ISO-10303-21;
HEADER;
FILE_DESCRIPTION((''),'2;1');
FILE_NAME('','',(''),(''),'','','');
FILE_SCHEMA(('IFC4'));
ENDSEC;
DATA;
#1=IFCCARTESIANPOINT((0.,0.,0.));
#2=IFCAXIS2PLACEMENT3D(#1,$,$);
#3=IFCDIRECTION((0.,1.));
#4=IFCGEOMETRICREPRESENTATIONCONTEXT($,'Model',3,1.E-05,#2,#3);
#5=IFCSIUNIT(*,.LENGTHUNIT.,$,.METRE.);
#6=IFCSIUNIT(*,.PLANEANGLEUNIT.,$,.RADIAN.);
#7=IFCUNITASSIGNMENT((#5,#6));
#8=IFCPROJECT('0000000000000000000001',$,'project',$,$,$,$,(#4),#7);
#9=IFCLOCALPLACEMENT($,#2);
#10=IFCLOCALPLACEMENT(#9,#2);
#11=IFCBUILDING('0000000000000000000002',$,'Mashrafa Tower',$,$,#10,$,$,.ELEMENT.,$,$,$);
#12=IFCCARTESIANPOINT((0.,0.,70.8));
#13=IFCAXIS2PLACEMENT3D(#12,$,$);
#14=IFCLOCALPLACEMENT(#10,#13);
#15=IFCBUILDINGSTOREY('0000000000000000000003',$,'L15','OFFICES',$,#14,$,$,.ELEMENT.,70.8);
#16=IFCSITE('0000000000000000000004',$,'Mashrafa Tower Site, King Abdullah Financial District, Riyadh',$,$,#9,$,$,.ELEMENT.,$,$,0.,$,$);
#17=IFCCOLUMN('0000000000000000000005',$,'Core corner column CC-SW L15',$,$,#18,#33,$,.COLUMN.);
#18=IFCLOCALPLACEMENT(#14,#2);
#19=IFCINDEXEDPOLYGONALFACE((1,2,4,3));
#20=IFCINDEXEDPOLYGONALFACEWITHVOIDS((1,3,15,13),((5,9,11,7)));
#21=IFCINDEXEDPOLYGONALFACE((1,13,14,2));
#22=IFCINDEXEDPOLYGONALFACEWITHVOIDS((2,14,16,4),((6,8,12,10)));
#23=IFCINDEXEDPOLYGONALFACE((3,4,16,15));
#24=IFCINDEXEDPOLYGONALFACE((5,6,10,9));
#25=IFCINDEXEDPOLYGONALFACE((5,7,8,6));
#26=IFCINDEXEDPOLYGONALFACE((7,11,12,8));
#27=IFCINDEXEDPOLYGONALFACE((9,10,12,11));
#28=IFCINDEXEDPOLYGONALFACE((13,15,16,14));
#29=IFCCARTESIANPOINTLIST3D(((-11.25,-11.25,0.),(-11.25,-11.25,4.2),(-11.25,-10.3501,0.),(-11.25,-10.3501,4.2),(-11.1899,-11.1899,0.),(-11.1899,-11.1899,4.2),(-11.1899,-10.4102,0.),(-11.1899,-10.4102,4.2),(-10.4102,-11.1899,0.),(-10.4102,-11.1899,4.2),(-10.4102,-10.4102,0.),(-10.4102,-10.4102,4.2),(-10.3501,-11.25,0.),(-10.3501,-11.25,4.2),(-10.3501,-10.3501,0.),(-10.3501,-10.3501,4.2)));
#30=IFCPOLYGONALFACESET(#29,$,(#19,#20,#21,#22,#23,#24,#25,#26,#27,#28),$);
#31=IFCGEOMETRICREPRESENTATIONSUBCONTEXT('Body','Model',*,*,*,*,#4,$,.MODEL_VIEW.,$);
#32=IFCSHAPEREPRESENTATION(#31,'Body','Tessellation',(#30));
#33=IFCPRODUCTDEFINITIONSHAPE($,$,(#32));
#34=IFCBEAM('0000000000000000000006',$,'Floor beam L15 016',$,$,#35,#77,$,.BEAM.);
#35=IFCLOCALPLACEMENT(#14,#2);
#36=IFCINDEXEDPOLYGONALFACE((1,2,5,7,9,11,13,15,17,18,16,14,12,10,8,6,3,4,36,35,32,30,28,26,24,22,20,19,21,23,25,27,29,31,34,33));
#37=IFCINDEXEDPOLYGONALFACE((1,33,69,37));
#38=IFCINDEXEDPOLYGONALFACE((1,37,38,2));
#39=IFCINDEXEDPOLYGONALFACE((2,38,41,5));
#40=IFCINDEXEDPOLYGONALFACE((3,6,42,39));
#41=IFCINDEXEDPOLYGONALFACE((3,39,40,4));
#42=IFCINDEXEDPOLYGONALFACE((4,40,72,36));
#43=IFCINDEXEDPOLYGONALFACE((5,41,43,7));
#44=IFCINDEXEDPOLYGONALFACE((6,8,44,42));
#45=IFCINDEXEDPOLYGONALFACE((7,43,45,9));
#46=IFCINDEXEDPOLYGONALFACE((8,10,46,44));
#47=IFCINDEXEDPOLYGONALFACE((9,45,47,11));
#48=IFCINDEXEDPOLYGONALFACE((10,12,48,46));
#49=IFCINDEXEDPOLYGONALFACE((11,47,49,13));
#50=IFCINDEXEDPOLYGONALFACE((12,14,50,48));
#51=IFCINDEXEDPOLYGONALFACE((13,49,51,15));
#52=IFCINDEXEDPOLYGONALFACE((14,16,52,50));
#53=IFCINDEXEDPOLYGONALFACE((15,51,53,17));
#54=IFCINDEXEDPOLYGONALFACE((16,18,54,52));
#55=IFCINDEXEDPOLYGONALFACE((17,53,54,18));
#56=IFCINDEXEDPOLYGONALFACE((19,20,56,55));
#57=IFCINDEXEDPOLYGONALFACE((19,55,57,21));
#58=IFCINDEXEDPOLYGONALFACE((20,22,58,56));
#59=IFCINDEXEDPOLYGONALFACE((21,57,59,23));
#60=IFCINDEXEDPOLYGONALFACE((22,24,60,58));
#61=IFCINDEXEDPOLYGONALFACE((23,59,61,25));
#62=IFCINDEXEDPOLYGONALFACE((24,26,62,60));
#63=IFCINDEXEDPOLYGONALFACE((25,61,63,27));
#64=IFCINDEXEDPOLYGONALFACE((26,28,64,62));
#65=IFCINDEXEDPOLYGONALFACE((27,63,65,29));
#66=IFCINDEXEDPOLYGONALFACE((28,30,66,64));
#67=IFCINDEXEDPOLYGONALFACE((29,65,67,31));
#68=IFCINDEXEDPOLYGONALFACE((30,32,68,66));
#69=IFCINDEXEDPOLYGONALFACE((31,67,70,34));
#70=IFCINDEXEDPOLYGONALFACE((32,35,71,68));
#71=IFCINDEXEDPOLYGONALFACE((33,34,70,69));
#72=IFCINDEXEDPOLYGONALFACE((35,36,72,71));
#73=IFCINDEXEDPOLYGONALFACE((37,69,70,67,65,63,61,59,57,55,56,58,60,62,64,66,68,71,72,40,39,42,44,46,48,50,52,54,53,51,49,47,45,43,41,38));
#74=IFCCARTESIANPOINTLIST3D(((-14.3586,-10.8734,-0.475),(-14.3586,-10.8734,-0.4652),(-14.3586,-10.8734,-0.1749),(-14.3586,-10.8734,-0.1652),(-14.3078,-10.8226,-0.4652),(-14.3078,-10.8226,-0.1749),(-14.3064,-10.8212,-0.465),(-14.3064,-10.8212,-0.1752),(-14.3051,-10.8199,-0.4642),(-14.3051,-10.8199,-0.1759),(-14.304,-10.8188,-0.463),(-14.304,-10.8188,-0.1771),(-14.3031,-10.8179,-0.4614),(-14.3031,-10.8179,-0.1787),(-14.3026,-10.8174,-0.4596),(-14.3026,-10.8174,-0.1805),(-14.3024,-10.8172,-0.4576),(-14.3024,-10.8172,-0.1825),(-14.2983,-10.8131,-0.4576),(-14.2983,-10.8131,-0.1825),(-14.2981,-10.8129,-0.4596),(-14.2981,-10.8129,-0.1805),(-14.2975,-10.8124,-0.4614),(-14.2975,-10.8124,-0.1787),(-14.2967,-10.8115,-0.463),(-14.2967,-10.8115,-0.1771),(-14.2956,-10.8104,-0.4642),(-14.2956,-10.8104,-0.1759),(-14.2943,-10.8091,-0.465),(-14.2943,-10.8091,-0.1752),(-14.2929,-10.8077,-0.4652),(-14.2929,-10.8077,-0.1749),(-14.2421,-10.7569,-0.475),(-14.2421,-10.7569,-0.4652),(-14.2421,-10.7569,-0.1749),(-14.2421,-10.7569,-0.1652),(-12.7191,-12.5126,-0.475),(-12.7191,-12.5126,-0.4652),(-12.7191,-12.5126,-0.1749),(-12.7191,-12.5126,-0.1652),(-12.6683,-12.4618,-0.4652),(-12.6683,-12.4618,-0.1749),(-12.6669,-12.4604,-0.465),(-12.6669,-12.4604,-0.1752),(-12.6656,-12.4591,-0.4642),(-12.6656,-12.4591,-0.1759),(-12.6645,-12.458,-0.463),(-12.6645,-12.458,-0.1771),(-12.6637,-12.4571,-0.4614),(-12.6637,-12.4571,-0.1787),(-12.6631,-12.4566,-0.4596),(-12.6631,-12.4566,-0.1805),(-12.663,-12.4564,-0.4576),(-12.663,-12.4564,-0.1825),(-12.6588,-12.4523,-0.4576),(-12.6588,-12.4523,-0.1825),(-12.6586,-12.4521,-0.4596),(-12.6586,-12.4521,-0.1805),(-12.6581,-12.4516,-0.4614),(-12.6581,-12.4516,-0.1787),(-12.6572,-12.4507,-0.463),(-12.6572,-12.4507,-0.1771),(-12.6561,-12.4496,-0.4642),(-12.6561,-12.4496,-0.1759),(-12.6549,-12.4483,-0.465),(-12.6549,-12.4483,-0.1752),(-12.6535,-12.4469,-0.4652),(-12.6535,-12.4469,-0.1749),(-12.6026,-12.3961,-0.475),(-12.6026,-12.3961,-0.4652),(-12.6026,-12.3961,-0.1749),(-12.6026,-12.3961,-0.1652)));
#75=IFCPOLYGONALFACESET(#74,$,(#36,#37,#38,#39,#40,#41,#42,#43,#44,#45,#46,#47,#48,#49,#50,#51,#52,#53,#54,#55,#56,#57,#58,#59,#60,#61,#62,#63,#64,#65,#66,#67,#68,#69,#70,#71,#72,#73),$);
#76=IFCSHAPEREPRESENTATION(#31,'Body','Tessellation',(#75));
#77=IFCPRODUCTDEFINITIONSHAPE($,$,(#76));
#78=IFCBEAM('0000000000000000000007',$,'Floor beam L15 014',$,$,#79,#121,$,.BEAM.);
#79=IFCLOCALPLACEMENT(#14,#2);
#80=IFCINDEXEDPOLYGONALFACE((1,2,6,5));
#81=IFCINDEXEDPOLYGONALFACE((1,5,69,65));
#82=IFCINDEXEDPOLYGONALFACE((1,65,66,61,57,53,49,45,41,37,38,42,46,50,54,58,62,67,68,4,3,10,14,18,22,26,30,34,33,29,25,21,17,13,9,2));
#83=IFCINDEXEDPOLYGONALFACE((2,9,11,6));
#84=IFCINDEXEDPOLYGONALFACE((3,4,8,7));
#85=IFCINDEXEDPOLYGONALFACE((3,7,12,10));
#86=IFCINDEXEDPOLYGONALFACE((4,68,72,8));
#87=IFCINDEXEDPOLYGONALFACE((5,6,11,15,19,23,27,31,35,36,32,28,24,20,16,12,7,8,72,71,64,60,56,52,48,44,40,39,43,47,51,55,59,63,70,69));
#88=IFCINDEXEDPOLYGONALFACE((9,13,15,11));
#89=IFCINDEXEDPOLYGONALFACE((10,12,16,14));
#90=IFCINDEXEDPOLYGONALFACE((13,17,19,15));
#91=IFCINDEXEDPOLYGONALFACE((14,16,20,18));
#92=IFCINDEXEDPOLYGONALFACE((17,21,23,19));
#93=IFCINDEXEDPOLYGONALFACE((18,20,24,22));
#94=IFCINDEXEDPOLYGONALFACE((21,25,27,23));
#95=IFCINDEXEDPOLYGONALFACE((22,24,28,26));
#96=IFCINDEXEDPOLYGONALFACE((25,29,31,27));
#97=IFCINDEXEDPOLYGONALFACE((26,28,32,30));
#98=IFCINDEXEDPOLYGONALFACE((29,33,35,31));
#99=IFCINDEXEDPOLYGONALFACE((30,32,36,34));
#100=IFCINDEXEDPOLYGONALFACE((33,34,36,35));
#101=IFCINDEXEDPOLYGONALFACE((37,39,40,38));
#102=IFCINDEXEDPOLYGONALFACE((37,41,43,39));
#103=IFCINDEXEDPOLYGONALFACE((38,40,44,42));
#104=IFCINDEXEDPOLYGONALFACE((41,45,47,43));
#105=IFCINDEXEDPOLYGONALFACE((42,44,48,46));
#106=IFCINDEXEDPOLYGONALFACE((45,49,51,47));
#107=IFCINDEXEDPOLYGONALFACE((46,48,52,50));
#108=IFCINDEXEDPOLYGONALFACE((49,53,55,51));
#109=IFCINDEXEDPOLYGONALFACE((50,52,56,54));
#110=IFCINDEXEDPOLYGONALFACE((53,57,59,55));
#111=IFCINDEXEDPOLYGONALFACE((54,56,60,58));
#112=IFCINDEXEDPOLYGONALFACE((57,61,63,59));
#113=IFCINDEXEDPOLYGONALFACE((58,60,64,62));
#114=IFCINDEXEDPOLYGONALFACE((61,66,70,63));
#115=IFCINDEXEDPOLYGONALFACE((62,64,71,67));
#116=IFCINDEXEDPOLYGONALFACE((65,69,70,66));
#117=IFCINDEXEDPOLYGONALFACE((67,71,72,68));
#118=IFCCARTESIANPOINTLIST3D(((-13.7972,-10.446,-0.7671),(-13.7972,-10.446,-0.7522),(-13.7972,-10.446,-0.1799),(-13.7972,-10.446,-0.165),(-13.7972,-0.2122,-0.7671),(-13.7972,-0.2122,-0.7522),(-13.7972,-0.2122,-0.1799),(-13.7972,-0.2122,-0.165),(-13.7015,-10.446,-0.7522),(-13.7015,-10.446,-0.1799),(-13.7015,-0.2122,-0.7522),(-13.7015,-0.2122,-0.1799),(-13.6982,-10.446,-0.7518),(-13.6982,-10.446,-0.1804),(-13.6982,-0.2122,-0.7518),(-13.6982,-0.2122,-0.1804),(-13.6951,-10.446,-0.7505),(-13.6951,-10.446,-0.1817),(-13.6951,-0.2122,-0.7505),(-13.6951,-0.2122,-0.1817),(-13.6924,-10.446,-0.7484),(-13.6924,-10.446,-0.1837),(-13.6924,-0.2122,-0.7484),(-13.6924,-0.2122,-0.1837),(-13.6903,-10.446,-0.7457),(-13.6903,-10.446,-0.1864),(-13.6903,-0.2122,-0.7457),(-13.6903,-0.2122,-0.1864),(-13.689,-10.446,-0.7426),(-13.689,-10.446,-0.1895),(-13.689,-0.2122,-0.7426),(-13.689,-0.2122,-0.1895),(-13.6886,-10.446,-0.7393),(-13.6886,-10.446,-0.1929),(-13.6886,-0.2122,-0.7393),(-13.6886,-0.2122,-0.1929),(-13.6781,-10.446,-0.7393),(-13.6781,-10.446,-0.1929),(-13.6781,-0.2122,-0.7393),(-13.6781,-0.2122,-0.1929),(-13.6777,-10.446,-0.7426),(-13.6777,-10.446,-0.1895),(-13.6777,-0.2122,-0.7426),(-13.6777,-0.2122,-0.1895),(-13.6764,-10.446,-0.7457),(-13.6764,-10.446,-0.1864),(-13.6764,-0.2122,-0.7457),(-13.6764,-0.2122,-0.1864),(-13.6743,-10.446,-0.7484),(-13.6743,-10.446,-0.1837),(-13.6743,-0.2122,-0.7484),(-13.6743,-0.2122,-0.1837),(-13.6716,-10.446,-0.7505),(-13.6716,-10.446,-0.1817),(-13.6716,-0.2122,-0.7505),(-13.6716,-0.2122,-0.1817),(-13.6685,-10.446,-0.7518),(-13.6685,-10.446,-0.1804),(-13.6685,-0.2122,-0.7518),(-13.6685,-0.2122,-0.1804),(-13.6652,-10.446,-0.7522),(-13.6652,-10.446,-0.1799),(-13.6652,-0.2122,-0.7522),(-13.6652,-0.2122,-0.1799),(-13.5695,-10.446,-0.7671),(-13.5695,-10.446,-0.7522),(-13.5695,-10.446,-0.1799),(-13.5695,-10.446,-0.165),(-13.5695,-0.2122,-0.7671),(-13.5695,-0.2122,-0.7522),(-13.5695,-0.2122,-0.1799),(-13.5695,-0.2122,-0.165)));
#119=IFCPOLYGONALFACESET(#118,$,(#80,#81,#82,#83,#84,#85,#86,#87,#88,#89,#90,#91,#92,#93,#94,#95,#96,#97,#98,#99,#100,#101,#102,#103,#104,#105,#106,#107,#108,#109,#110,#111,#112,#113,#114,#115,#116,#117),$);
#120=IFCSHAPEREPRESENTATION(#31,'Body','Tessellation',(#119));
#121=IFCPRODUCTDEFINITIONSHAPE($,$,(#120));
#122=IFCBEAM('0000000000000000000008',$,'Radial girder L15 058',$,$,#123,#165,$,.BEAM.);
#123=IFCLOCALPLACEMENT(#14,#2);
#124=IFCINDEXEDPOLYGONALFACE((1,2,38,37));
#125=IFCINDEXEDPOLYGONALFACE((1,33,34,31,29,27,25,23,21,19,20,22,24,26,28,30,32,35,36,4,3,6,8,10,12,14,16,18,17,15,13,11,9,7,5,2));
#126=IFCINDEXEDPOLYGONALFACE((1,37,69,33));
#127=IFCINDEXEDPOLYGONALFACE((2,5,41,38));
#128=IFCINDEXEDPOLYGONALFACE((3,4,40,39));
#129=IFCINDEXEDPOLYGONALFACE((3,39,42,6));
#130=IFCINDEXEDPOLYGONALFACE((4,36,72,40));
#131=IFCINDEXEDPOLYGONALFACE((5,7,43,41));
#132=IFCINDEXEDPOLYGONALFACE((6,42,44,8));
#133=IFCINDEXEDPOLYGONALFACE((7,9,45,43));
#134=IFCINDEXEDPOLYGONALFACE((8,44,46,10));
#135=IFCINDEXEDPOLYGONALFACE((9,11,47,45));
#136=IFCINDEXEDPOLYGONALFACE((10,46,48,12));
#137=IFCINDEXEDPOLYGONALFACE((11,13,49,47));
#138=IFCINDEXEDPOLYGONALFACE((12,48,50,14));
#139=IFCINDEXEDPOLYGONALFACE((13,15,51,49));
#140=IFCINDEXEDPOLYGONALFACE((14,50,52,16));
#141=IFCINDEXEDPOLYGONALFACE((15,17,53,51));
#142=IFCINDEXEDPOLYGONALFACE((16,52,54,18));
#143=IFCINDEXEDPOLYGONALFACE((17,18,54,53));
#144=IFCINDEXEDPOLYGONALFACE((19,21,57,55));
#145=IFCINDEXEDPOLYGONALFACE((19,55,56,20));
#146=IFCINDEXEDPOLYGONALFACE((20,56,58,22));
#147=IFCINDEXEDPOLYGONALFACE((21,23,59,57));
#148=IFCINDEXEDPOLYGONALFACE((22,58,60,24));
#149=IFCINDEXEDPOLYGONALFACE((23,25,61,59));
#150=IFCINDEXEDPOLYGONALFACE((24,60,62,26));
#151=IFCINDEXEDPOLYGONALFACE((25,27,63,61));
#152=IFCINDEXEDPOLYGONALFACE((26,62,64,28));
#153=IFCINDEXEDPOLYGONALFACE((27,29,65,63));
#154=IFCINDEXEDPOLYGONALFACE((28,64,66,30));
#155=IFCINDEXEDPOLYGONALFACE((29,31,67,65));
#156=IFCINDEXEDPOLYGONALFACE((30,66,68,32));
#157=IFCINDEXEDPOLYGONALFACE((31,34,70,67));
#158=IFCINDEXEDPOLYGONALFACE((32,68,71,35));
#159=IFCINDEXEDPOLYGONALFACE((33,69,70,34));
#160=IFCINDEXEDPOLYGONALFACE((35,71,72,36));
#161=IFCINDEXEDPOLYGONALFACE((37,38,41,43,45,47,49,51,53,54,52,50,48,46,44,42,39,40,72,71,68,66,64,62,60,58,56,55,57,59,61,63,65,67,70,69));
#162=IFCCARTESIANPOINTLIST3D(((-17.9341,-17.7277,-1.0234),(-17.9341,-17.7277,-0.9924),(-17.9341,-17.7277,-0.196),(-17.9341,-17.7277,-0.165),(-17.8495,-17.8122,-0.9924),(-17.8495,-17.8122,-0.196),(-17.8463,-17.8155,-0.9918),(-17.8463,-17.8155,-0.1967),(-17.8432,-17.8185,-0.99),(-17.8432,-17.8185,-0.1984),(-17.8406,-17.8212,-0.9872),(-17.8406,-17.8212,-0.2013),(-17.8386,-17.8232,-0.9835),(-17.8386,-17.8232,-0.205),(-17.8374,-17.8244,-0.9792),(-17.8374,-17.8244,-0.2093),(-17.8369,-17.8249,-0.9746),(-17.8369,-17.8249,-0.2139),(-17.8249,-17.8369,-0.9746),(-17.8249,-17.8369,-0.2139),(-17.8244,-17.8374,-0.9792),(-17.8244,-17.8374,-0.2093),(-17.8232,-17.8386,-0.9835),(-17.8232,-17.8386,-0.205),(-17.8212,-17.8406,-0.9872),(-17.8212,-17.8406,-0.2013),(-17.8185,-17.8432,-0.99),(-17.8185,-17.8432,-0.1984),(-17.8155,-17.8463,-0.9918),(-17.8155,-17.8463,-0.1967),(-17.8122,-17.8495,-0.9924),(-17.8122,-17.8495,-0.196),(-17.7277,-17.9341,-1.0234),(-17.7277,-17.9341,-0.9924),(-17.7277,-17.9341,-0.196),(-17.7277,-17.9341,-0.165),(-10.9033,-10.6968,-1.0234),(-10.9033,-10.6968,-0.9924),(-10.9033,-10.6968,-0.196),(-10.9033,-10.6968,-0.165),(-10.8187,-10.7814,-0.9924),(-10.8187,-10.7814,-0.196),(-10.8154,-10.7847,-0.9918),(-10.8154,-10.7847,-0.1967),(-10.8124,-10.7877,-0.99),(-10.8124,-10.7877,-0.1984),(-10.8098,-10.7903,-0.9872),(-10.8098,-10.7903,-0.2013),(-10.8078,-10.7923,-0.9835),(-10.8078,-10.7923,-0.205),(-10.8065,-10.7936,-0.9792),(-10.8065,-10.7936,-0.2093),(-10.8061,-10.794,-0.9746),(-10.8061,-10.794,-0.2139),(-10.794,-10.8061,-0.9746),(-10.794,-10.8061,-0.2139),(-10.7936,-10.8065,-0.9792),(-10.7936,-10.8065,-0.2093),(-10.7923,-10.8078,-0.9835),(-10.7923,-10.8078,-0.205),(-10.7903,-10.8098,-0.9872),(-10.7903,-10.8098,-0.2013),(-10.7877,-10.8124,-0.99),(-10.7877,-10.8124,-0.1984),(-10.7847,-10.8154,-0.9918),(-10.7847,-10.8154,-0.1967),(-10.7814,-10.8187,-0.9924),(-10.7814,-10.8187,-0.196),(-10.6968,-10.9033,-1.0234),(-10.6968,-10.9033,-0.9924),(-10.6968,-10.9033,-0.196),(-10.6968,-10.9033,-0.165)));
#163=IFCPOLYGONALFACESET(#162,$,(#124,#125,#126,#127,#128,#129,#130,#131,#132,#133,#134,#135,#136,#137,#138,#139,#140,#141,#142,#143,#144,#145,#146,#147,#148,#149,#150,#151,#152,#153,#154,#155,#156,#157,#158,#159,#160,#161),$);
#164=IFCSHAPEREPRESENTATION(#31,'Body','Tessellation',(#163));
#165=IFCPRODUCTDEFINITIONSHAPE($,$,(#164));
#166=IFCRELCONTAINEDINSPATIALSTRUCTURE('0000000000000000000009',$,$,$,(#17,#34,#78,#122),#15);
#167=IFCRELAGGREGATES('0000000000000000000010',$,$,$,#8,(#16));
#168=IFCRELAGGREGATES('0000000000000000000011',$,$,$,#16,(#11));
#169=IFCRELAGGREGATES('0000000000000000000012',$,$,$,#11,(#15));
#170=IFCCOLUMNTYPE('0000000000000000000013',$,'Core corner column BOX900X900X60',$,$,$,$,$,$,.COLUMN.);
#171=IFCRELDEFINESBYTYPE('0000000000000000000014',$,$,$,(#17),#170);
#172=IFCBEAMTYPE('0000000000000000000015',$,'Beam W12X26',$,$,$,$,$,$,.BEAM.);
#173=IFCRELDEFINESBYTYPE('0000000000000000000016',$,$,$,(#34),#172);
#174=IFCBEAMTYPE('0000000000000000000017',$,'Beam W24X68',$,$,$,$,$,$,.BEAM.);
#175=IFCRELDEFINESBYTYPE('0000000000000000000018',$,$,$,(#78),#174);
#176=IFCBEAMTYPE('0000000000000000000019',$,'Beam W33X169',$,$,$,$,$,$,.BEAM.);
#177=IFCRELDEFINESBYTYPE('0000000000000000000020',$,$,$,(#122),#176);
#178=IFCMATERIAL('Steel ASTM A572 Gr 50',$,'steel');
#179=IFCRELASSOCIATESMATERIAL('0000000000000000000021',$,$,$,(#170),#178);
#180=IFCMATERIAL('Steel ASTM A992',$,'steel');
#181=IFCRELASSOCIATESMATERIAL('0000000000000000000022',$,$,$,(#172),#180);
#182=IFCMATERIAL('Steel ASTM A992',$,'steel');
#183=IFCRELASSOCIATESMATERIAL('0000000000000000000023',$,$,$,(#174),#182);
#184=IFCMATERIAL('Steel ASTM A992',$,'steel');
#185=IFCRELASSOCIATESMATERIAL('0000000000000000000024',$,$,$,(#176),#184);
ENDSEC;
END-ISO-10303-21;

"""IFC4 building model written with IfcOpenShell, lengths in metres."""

from ifc_helpers import new_model, si_unit, direction, frame, origin, origin_2d, place, context, subcontext, project, spatial, hollow_rectangle, i_section, extrude, material, material_profile, profile_set, type_object, element, save


model = new_model("IFC4")

# Units and contexts
model_context = context("Model", 3, precision=1e-05, world=origin(), true_north=direction((0.0, 1.0)))
body_context = subcontext(model_context, "Body", "Model", "MODEL_VIEW")
ifc_project = project(units=[si_unit("LENGTHUNIT", "METRE"), si_unit("PLANEANGLEUNIT", "RADIAN")], contexts=[model_context])

# Site, building, storey
site_placement = place(None, origin())
site = spatial("IfcSite", under=ifc_project, at=site_placement, Name="Mashrafa Tower Site, King Abdullah Financial District, Riyadh", CompositionType="ELEMENT", RefElevation=0.0)
building_placement = place(site_placement, origin())
building = spatial("IfcBuilding", under=site, at=building_placement, Name="Mashrafa Tower", CompositionType="ELEMENT")
storey_placement = place(building_placement, frame((0.0, 0.0, 70.8)))
storey = spatial("IfcBuildingStorey", under=building, at=storey_placement, Name="L15", Description="OFFICES", CompositionType="ELEMENT", Elevation=70.8)

# Column
ifc_material_1 = material(Name="Steel ASTM A572 Gr 50", Category="steel")
ifc_material_profile_1 = material_profile(ifc_material_1, hollow_rectangle(XDim=0.8999, YDim=0.8999, WallThickness=0.0601, at=origin_2d()), Name="BOX900X900X60")
ifc_profile_set_1 = profile_set([ifc_material_profile_1], Name="Steel ASTM A572 Gr 50")
column_type = type_object("IfcColumnType", Name="Core corner column BOX900X900X60", PredefinedType="COLUMN", material=ifc_profile_set_1)
column_placement = place(storey_placement, frame((-10.8, -10.8, 0.0), z_axis=(0.0, 0.0, 1.0), x_axis=(1.0, 0.0, 0.0)))
element("IfcColumn", 1, at=column_placement, inside=storey, type_object=column_type, Name="Core corner column CC-SW L15", PredefinedType="COLUMN", context=body_context, shape_type="SweptSolid", body=[
    extrude(hollow_rectangle(XDim=0.8999, YDim=0.8999, WallThickness=0.0601, at=origin_2d()), origin(), (0.0, 0.0, 1.0), 4.2),
])

# Beams
ifc_material_2 = material(Name="Steel ASTM A992", Category="steel")
ifc_material_profile_2 = material_profile(ifc_material_2, i_section(OverallWidth=0.1648, OverallDepth=0.3098, WebThickness=0.0059, FlangeThickness=0.0098, FilletRadius=0.0076, at=origin_2d()), Name="W12X26")
ifc_profile_set_2 = profile_set([ifc_material_profile_2], Name="Steel ASTM A992")
beam_type_1 = type_object("IfcBeamType", Name="Beam W12X26", PredefinedType="BEAM", material=ifc_profile_set_2)
beam_1_placement = place(storey_placement, frame((-12.6609, -12.4543, -0.3201), z_axis=(-0.707159, 0.707054, 0.0), x_axis=(-0.707054, -0.707159, 0.0)))
element("IfcBeam", 2, at=beam_1_placement, inside=storey, type_object=beam_type_1, Name="Floor beam L15 016", PredefinedType="BEAM", context=body_context, shape_type="SweptSolid", body=[
    extrude(i_section(OverallWidth=0.1648, OverallDepth=0.3098, WebThickness=0.0059, FlangeThickness=0.0098, FilletRadius=0.0076, at=origin_2d()), origin(), (0.0, 0.0, 1.0), 2.3184),
])
ifc_material_3 = material(Name="Steel ASTM A992", Category="steel")
ifc_material_profile_3 = material_profile(ifc_material_3, i_section(OverallWidth=0.2278, OverallDepth=0.6021, WebThickness=0.0105, FlangeThickness=0.0149, FilletRadius=0.0129, at=origin_2d()), Name="W24X68")
ifc_profile_set_3 = profile_set([ifc_material_profile_3], Name="Steel ASTM A992")
beam_type_2 = type_object("IfcBeamType", Name="Beam W24X68", PredefinedType="BEAM", material=ifc_profile_set_3)
beam_2_placement = place(storey_placement, frame((-13.6833, -10.446, -0.4661), z_axis=(0.0, 1.0, 0.0), x_axis=(-1.0, 0.0, 0.0)))
element("IfcBeam", 3, at=beam_2_placement, inside=storey, type_object=beam_type_2, Name="Floor beam L15 014", PredefinedType="BEAM", context=body_context, shape_type="SweptSolid", body=[
    extrude(i_section(OverallWidth=0.2278, OverallDepth=0.6021, WebThickness=0.0105, FlangeThickness=0.0149, FilletRadius=0.0129, at=origin_2d()), origin(), (0.0, 0.0, 1.0), 10.2339),
])
ifc_material_4 = material(Name="Steel ASTM A992", Category="steel")
ifc_material_profile_4 = material_profile(ifc_material_4, i_section(OverallWidth=0.292, OverallDepth=0.8584, WebThickness=0.0171, FlangeThickness=0.031, FilletRadius=0.0178, at=origin_2d()), Name="W33X169")
ifc_profile_set_4 = profile_set([ifc_material_profile_4], Name="Steel ASTM A992")
beam_type_3 = type_object("IfcBeamType", Name="Beam W33X169", PredefinedType="BEAM", material=ifc_profile_set_4)
beam_3_placement = place(storey_placement, frame((-10.8, -10.8, -0.5942), z_axis=(-0.707107, -0.707107, 0.0), x_axis=(0.707107, -0.707107, 0.0)))
element("IfcBeam", 4, at=beam_3_placement, inside=storey, type_object=beam_type_3, Name="Radial girder L15 058", PredefinedType="BEAM", context=body_context, shape_type="SweptSolid", body=[
    extrude(i_section(OverallWidth=0.292, OverallDepth=0.8584, WebThickness=0.0171, FlangeThickness=0.031, FilletRadius=0.0178, at=origin_2d()), origin(), (0.0, 0.0, 1.0), 9.9431),
])

save(model, "model.ifc")
